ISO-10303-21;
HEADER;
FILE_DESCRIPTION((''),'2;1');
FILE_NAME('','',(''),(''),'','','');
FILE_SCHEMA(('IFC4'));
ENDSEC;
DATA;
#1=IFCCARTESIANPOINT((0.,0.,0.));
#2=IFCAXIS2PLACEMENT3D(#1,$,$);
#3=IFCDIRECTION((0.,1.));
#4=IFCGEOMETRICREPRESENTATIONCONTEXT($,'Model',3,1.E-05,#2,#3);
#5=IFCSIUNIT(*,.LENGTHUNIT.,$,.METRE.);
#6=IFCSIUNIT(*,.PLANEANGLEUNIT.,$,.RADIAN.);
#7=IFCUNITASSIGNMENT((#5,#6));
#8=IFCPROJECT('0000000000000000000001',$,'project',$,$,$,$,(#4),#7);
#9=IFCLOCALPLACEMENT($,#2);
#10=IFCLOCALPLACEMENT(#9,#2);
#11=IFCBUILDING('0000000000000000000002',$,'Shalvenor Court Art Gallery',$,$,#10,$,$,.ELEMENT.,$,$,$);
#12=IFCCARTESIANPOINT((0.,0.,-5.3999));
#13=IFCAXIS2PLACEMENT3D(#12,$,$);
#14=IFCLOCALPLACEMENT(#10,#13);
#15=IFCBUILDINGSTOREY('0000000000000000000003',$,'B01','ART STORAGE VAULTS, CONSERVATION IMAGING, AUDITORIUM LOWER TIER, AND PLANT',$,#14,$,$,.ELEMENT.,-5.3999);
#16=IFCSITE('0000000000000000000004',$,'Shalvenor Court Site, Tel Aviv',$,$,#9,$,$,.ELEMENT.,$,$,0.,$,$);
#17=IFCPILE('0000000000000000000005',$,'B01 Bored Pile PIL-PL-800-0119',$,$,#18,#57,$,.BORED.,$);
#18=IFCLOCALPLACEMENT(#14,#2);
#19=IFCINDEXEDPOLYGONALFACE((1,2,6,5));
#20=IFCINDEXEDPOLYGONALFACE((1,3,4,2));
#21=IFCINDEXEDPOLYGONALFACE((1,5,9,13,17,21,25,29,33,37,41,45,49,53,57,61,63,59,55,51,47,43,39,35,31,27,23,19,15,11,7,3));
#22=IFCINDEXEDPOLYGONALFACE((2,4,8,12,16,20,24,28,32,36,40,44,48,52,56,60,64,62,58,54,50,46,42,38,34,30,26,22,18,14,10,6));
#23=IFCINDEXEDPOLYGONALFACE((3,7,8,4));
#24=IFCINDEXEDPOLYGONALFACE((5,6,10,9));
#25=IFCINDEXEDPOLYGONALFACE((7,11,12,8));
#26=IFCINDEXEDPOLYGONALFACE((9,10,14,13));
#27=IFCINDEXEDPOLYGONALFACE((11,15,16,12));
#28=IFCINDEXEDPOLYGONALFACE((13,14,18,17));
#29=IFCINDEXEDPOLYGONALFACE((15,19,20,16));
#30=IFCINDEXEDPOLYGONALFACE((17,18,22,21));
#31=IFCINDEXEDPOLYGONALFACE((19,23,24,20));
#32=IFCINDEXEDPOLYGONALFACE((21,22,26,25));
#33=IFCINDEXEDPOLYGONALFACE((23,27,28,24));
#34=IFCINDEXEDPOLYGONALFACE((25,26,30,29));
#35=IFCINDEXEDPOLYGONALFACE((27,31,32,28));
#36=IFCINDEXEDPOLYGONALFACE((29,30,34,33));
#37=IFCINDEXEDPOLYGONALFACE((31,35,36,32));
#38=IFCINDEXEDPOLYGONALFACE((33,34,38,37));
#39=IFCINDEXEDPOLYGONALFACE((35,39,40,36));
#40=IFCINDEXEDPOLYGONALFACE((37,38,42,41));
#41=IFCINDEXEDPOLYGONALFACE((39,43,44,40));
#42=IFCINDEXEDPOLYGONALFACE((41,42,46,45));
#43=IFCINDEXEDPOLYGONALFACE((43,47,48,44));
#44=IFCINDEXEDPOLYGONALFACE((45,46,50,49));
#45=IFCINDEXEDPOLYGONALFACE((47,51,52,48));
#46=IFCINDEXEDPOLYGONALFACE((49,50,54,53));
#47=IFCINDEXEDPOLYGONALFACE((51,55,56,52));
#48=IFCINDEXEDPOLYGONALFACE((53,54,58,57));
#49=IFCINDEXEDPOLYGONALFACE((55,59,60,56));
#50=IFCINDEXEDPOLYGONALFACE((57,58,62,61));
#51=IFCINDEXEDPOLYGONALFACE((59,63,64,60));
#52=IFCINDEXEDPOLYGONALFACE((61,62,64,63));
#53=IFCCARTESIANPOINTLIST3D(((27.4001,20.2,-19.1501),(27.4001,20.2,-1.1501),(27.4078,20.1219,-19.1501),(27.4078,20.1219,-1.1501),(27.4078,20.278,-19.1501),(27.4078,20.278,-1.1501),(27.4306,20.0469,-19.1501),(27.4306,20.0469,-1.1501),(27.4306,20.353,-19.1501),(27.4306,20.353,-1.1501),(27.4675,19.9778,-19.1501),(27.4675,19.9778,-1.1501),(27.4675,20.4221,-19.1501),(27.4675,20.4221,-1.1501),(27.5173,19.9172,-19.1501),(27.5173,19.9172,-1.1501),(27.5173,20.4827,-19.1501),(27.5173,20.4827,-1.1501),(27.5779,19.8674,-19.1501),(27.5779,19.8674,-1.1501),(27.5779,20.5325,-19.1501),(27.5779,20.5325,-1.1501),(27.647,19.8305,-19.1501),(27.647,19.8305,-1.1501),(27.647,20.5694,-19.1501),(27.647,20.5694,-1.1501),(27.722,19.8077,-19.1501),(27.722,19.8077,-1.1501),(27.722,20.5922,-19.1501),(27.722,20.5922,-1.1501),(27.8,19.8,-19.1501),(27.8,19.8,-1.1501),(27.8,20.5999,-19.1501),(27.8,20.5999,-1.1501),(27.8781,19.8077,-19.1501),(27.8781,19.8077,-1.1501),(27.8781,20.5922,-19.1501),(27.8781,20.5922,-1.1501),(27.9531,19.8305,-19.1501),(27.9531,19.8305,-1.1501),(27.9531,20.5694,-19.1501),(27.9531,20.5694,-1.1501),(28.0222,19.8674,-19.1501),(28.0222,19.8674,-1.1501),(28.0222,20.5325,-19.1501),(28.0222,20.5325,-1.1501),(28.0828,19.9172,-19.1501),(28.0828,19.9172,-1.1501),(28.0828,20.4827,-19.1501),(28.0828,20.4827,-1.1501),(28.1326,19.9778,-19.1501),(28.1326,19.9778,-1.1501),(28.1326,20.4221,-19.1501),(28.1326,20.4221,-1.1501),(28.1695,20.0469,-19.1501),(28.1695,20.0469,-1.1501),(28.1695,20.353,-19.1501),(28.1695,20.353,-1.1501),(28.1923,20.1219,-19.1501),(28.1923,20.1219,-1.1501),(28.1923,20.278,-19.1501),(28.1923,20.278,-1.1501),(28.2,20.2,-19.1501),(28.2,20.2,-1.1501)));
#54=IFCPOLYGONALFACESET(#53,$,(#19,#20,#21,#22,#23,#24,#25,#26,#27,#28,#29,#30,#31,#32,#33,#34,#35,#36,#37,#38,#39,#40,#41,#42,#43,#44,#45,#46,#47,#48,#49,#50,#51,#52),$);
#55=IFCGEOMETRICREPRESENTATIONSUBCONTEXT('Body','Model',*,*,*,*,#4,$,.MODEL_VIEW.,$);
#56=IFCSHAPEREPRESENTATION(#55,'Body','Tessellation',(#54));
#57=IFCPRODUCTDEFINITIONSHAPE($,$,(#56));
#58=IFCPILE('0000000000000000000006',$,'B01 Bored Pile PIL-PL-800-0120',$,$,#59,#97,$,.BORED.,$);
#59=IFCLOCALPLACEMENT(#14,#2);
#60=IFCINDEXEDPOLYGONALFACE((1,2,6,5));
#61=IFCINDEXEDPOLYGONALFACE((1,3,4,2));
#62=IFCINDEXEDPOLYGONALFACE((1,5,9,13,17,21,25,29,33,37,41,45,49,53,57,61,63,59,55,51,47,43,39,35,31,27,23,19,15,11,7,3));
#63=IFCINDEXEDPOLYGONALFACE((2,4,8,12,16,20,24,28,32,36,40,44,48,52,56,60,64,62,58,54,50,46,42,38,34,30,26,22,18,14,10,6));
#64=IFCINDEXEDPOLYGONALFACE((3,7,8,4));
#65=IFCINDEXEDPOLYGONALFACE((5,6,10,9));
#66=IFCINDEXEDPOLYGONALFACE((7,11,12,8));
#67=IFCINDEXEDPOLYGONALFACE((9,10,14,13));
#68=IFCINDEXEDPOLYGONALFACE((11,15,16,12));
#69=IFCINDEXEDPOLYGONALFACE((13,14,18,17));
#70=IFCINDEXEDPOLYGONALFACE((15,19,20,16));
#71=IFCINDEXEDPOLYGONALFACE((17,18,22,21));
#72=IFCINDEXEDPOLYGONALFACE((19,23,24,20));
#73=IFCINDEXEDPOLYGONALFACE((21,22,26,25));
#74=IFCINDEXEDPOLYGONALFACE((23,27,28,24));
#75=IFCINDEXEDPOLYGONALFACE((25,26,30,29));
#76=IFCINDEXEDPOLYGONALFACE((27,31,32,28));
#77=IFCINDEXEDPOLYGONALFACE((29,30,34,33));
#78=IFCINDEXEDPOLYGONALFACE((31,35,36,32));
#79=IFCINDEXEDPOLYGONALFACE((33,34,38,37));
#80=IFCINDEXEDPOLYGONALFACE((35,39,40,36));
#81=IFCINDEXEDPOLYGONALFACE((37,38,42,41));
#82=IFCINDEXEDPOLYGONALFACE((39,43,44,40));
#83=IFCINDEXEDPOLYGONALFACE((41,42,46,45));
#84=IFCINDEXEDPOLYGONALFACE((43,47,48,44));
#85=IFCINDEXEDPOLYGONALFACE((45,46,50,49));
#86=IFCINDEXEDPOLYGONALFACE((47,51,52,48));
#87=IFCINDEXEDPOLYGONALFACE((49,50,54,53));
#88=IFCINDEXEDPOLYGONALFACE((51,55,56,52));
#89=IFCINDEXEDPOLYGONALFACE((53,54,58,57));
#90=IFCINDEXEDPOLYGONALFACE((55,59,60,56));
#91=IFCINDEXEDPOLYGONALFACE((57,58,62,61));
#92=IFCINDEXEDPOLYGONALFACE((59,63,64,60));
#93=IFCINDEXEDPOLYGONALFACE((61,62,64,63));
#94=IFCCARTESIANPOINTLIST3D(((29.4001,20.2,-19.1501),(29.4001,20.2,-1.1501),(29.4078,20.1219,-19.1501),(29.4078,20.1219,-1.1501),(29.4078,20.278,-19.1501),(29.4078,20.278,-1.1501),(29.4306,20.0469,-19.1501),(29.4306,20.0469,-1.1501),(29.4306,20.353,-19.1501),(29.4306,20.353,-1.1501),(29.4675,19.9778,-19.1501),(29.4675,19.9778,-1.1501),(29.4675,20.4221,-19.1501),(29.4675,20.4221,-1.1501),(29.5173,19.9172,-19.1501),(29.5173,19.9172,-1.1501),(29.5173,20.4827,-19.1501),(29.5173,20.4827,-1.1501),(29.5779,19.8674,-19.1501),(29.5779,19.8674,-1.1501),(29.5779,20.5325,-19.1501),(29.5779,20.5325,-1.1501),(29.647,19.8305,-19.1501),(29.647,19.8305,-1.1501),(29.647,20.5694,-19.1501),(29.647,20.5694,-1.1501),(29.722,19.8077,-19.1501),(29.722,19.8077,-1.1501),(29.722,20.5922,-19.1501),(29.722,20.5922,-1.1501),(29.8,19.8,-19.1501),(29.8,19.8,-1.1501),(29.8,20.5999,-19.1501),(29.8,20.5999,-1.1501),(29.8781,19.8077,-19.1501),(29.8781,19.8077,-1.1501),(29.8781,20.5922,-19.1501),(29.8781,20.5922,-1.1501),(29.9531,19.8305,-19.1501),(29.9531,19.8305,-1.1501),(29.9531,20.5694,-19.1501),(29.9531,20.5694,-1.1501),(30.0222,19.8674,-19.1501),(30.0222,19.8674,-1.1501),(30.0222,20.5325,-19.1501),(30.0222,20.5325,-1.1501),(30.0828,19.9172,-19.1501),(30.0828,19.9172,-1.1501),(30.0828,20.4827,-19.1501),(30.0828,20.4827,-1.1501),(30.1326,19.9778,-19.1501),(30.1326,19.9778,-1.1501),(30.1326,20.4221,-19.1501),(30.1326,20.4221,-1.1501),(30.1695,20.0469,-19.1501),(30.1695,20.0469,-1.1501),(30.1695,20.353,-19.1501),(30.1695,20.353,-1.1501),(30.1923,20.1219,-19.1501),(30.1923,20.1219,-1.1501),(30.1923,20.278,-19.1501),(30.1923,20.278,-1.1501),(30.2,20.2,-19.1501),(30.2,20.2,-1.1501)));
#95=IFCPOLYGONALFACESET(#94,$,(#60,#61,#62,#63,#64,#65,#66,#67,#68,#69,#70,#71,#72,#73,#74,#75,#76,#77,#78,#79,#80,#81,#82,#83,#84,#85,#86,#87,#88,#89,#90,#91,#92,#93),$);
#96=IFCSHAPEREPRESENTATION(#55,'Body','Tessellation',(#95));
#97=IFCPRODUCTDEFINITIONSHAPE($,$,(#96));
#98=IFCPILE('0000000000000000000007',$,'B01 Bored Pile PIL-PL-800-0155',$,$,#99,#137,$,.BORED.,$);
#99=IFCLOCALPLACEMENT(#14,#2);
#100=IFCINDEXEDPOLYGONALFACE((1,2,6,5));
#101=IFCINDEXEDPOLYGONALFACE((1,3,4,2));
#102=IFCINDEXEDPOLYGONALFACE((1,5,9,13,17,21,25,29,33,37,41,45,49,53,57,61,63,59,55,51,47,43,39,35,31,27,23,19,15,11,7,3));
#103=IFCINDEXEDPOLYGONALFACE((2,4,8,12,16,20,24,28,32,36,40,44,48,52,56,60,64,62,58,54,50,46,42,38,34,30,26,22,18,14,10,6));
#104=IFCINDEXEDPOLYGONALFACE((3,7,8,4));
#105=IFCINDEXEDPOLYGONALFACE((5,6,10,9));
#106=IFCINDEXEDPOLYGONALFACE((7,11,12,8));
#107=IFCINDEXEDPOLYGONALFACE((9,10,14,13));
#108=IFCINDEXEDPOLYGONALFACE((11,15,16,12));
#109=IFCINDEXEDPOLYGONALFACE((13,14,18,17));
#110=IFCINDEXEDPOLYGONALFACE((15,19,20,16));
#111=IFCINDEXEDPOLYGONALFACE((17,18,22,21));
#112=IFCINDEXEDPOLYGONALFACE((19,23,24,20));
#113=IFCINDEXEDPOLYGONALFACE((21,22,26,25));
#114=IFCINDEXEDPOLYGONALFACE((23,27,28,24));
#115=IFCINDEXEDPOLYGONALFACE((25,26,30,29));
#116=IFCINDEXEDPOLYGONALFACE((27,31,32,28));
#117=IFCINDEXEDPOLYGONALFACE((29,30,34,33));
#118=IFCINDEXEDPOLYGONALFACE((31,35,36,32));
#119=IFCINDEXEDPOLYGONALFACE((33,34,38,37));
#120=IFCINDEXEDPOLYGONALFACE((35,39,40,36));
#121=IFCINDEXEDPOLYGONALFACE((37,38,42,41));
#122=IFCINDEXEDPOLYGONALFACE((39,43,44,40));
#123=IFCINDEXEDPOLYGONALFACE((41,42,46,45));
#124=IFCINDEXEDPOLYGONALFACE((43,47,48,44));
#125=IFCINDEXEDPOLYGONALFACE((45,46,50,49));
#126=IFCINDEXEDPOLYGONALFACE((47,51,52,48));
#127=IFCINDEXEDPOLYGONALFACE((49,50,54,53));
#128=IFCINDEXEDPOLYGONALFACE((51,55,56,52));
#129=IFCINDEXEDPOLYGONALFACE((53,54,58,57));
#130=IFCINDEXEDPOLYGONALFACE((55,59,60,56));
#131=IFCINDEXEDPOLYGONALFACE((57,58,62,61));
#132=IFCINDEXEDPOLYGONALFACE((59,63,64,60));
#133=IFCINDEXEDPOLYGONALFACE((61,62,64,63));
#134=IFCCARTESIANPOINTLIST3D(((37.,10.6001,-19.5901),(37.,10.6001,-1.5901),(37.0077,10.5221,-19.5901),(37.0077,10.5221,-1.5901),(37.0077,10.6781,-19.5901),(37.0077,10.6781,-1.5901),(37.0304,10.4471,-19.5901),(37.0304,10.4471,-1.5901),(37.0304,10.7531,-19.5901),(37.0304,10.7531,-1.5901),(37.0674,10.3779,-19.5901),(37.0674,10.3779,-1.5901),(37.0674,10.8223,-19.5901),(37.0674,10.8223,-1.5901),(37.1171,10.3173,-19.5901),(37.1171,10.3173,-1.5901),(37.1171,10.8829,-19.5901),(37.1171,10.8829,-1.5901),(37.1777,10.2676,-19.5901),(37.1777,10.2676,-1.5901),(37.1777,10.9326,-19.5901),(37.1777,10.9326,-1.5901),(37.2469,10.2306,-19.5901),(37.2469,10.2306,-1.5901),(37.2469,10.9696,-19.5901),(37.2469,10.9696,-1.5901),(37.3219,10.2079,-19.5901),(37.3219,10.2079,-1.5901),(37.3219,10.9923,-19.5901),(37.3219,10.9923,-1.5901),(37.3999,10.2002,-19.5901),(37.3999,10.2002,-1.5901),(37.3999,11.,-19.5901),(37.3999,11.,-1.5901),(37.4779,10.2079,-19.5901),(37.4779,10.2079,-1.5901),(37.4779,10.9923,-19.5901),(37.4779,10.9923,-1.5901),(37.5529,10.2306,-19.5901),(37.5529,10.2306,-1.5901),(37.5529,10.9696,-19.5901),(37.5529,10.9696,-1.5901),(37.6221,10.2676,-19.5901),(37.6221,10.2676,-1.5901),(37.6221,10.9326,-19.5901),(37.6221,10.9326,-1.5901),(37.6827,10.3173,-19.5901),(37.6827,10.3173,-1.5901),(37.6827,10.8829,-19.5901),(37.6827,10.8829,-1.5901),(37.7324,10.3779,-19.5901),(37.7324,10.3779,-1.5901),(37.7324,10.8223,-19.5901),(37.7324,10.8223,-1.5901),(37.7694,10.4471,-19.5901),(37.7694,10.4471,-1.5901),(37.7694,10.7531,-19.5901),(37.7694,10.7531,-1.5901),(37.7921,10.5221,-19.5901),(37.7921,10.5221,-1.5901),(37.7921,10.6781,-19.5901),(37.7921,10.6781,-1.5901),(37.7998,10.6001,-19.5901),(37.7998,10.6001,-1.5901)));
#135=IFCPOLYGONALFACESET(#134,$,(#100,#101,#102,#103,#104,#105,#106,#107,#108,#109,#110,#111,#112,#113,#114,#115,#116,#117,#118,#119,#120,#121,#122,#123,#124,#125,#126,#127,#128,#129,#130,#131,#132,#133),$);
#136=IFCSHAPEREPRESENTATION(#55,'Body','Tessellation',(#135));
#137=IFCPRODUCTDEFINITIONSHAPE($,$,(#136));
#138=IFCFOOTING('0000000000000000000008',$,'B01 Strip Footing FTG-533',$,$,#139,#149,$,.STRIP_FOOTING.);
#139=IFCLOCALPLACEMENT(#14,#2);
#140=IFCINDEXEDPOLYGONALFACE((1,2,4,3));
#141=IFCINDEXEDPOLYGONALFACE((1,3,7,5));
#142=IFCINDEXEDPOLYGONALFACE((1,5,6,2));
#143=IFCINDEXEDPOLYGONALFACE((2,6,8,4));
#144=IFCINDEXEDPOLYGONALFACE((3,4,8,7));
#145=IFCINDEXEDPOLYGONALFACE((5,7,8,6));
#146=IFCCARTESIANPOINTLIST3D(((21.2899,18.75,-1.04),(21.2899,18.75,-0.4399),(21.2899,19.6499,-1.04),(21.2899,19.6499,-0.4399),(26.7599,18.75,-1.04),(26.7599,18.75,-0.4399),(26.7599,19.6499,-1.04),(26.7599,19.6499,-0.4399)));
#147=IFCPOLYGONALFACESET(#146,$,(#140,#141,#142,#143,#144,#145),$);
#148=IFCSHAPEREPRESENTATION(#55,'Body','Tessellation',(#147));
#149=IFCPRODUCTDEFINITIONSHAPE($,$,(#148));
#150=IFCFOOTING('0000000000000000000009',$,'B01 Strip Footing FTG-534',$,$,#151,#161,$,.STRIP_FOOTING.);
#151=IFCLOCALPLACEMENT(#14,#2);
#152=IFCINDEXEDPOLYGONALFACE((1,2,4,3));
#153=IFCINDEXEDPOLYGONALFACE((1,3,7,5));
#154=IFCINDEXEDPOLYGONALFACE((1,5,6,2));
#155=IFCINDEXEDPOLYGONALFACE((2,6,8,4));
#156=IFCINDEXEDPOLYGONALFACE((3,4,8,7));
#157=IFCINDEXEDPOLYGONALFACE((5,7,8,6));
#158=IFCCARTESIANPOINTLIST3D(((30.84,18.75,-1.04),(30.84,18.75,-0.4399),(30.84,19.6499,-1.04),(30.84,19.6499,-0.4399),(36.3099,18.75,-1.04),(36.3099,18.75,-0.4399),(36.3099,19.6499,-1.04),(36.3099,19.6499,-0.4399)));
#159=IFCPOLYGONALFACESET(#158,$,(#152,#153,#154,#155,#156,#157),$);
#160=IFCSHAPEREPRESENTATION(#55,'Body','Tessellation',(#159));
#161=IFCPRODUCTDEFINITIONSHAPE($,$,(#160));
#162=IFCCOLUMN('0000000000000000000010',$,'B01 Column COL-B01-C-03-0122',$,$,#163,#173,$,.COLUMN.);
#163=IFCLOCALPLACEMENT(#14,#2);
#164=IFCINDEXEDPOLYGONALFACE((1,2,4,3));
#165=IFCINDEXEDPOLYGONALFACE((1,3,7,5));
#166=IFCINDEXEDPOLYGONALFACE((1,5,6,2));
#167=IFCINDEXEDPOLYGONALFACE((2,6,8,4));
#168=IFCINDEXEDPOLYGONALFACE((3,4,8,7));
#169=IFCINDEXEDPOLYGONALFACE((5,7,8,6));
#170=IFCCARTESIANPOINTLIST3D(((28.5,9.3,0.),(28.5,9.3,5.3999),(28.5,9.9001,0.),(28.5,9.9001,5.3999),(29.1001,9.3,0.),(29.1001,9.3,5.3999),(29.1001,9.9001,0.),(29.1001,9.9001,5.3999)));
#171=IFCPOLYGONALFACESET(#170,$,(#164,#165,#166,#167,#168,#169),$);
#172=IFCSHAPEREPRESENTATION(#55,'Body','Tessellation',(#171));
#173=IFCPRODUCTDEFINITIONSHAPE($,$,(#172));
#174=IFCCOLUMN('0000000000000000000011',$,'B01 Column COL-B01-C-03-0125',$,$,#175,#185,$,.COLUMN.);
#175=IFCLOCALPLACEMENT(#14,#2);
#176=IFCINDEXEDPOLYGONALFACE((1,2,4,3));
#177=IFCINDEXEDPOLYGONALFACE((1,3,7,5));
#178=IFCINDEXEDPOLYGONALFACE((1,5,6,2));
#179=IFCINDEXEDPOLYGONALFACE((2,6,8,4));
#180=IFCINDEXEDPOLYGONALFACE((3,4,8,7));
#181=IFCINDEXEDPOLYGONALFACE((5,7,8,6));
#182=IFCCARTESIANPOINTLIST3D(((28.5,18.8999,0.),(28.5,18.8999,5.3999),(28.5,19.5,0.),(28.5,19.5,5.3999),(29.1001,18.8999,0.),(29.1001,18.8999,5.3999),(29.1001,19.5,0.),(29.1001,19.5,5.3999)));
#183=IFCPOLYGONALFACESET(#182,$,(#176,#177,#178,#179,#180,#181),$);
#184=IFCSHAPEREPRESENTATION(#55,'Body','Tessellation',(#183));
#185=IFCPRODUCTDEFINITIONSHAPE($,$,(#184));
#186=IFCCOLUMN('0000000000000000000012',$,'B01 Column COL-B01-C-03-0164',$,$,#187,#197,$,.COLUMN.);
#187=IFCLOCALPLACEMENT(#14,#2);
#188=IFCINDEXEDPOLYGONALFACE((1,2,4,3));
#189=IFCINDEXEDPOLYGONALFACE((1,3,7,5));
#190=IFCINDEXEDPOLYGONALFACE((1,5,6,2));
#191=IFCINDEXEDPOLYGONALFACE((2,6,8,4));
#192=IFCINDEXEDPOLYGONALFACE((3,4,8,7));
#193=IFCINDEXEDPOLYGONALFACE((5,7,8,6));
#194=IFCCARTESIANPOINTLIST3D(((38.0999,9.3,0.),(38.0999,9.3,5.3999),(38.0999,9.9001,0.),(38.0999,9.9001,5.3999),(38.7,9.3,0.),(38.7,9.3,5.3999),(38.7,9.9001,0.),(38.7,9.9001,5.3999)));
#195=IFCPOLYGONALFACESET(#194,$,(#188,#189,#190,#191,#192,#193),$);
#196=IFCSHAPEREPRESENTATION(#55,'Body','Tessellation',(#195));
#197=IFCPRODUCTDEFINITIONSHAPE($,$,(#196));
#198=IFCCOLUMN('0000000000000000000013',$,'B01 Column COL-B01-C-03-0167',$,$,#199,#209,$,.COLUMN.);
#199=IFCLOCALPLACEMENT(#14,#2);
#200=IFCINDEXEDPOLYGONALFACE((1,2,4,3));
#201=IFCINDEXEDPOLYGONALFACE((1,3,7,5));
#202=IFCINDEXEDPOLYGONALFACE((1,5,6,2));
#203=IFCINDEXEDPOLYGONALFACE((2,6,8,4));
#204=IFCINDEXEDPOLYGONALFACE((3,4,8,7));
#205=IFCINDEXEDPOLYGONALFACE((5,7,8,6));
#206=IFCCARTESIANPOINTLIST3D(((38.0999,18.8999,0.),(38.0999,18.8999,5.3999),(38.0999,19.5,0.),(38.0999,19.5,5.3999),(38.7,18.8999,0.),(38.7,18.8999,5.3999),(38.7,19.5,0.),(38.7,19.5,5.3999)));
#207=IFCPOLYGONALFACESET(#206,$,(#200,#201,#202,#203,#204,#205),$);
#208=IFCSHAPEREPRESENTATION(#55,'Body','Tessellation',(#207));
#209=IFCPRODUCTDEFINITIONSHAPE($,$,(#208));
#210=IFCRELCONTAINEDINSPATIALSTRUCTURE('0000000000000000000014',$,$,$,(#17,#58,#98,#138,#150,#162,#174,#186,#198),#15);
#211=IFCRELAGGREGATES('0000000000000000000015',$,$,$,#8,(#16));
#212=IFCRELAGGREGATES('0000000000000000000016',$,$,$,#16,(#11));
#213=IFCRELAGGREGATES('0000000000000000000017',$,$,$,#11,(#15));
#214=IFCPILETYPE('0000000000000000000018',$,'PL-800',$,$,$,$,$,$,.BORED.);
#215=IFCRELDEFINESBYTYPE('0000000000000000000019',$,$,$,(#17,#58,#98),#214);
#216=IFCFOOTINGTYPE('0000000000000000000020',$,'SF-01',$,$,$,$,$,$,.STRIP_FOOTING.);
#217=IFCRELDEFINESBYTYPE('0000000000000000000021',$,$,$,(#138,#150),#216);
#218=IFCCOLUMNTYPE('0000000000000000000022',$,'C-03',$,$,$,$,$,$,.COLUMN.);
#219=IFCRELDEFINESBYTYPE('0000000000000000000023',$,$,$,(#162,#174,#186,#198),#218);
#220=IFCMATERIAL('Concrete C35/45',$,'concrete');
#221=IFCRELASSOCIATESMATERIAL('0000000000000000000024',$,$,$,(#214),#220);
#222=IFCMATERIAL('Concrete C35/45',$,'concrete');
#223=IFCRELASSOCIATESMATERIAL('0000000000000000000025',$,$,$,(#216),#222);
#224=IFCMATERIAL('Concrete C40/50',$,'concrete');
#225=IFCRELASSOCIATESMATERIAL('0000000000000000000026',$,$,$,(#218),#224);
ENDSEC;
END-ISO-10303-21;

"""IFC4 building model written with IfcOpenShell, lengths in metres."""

from ifc_helpers import new_model, si_unit, direction, frame, origin, origin_2d, place, context, subcontext, project, spatial, rectangle, circle, extrude, material, material_profile, profile_set, type_object, element, save


model = new_model("IFC4")

# Units and contexts
model_context = context("Model", 3, precision=1e-05, world=origin(), true_north=direction((0.0, 1.0)))
body_context = subcontext(model_context, "Body", "Model", "MODEL_VIEW")
ifc_project = project(units=[si_unit("LENGTHUNIT", "METRE"), si_unit("PLANEANGLEUNIT", "RADIAN")], contexts=[model_context])

# Site, building, storey
site_placement = place(None, origin())
site = spatial("IfcSite", under=ifc_project, at=site_placement, Name="Shalvenor Court Site, Tel Aviv", CompositionType="ELEMENT", RefElevation=0.0)
building_placement = place(site_placement, origin())
building = spatial("IfcBuilding", under=site, at=building_placement, Name="Shalvenor Court Art Gallery", CompositionType="ELEMENT")
storey_placement = place(building_placement, frame((0.0, 0.0, -5.3999)))
storey = spatial("IfcBuildingStorey", under=building, at=storey_placement, Name="B01", Description="ART STORAGE VAULTS, CONSERVATION IMAGING, AUDITORIUM LOWER TIER, AND PLANT", CompositionType="ELEMENT", Elevation=-5.3999)

# Piles
ifc_material_1 = material(Name="Concrete C35/45", Category="concrete")
ifc_material_profile_1 = material_profile(ifc_material_1, circle(Radius=0.3999, at=origin_2d()), Name="PILE 800")
ifc_profile_set_1 = profile_set([ifc_material_profile_1], Name="Concrete C35/45")
pile_type_1 = type_object("IfcPileType", Name="PL-800", PredefinedType="BORED", material=ifc_profile_set_1)
for number, where, z_axis, x_axis, name in (
    (1, (27.8, 20.2, -1.1501), (0.0, 0.0, -1.0), (1.0, 0.0, 0.0), "B01 Bored Pile PIL-PL-800-0119"),
    (2, (29.8, 20.2, -1.1501), (0.0, 0.0, -1.0), (1.0, 0.0, 0.0), "B01 Bored Pile PIL-PL-800-0120"),
    (3, (37.3999, 10.6001, -1.5901), (0.0, 0.0, -1.0), (1.0, 0.0, 0.0), "B01 Bored Pile PIL-PL-800-0155"),
):
    element("IfcPile", number, at=place(storey_placement, frame(where, z_axis=z_axis, x_axis=x_axis)), inside=storey, type_object=pile_type_1, Name=name, PredefinedType="BORED", context=body_context, shape_type="SweptSolid", body=[
        extrude(circle(Radius=0.3999, at=origin_2d()), origin(), (0.0, 0.0, 1.0), 18.0),
    ])

# Footings
ifc_material_2 = material(Name="Concrete C35/45", Category="concrete")
footing_type_1 = type_object("IfcFootingType", Name="SF-01", PredefinedType="STRIP_FOOTING", material=ifc_material_2)
for number, where, z_axis, x_axis, name in (
    (4, (24.0249, 19.2, -1.04), (0.0, 0.0, 1.0), (1.0, 0.0, 0.0), "B01 Strip Footing FTG-533"),
    (5, (33.575, 19.2, -1.04), (0.0, 0.0, 1.0), (1.0, 0.0, 0.0), "B01 Strip Footing FTG-534"),
):
    element("IfcFooting", number, at=place(storey_placement, frame(where, z_axis=z_axis, x_axis=x_axis)), inside=storey, type_object=footing_type_1, Name=name, PredefinedType="STRIP_FOOTING", context=body_context, shape_type="SweptSolid", body=[
        extrude(rectangle(XDim=5.47, YDim=0.8999, at=origin_2d()), origin(), (0.0, 0.0, 1.0), 0.6001),
    ])

# Columns
ifc_material_3 = material(Name="Concrete C40/50", Category="concrete")
ifc_material_profile_2 = material_profile(ifc_material_3, rectangle(XDim=0.6001, YDim=0.6001, at=origin_2d()), Name="RC 600x600")
ifc_profile_set_2 = profile_set([ifc_material_profile_2], Name="Concrete C40/50")
column_type = type_object("IfcColumnType", Name="C-03", PredefinedType="COLUMN", material=ifc_profile_set_2)
for number, where, z_axis, x_axis, name in (
    (6, (28.8, 9.6001, 0.0), (0.0, 0.0, 1.0), (1.0, 0.0, 0.0), "B01 Column COL-B01-C-03-0122"),
    (7, (28.8, 19.2, 0.0), (0.0, 0.0, 1.0), (1.0, 0.0, 0.0), "B01 Column COL-B01-C-03-0125"),
    (8, (38.3999, 9.6001, 0.0), (0.0, 0.0, 1.0), (1.0, 0.0, 0.0), "B01 Column COL-B01-C-03-0164"),
    (9, (38.3999, 19.2, 0.0), (0.0, 0.0, 1.0), (1.0, 0.0, 0.0), "B01 Column COL-B01-C-03-0167"),
):
    element("IfcColumn", number, at=place(storey_placement, frame(where, z_axis=z_axis, x_axis=x_axis)), inside=storey, type_object=column_type, Name=name, PredefinedType="COLUMN", context=body_context, shape_type="SweptSolid", body=[
        extrude(rectangle(XDim=0.6001, YDim=0.6001, at=origin_2d()), origin(), (0.0, 0.0, 1.0), 5.3999),
    ])

save(model, "model.ifc")
